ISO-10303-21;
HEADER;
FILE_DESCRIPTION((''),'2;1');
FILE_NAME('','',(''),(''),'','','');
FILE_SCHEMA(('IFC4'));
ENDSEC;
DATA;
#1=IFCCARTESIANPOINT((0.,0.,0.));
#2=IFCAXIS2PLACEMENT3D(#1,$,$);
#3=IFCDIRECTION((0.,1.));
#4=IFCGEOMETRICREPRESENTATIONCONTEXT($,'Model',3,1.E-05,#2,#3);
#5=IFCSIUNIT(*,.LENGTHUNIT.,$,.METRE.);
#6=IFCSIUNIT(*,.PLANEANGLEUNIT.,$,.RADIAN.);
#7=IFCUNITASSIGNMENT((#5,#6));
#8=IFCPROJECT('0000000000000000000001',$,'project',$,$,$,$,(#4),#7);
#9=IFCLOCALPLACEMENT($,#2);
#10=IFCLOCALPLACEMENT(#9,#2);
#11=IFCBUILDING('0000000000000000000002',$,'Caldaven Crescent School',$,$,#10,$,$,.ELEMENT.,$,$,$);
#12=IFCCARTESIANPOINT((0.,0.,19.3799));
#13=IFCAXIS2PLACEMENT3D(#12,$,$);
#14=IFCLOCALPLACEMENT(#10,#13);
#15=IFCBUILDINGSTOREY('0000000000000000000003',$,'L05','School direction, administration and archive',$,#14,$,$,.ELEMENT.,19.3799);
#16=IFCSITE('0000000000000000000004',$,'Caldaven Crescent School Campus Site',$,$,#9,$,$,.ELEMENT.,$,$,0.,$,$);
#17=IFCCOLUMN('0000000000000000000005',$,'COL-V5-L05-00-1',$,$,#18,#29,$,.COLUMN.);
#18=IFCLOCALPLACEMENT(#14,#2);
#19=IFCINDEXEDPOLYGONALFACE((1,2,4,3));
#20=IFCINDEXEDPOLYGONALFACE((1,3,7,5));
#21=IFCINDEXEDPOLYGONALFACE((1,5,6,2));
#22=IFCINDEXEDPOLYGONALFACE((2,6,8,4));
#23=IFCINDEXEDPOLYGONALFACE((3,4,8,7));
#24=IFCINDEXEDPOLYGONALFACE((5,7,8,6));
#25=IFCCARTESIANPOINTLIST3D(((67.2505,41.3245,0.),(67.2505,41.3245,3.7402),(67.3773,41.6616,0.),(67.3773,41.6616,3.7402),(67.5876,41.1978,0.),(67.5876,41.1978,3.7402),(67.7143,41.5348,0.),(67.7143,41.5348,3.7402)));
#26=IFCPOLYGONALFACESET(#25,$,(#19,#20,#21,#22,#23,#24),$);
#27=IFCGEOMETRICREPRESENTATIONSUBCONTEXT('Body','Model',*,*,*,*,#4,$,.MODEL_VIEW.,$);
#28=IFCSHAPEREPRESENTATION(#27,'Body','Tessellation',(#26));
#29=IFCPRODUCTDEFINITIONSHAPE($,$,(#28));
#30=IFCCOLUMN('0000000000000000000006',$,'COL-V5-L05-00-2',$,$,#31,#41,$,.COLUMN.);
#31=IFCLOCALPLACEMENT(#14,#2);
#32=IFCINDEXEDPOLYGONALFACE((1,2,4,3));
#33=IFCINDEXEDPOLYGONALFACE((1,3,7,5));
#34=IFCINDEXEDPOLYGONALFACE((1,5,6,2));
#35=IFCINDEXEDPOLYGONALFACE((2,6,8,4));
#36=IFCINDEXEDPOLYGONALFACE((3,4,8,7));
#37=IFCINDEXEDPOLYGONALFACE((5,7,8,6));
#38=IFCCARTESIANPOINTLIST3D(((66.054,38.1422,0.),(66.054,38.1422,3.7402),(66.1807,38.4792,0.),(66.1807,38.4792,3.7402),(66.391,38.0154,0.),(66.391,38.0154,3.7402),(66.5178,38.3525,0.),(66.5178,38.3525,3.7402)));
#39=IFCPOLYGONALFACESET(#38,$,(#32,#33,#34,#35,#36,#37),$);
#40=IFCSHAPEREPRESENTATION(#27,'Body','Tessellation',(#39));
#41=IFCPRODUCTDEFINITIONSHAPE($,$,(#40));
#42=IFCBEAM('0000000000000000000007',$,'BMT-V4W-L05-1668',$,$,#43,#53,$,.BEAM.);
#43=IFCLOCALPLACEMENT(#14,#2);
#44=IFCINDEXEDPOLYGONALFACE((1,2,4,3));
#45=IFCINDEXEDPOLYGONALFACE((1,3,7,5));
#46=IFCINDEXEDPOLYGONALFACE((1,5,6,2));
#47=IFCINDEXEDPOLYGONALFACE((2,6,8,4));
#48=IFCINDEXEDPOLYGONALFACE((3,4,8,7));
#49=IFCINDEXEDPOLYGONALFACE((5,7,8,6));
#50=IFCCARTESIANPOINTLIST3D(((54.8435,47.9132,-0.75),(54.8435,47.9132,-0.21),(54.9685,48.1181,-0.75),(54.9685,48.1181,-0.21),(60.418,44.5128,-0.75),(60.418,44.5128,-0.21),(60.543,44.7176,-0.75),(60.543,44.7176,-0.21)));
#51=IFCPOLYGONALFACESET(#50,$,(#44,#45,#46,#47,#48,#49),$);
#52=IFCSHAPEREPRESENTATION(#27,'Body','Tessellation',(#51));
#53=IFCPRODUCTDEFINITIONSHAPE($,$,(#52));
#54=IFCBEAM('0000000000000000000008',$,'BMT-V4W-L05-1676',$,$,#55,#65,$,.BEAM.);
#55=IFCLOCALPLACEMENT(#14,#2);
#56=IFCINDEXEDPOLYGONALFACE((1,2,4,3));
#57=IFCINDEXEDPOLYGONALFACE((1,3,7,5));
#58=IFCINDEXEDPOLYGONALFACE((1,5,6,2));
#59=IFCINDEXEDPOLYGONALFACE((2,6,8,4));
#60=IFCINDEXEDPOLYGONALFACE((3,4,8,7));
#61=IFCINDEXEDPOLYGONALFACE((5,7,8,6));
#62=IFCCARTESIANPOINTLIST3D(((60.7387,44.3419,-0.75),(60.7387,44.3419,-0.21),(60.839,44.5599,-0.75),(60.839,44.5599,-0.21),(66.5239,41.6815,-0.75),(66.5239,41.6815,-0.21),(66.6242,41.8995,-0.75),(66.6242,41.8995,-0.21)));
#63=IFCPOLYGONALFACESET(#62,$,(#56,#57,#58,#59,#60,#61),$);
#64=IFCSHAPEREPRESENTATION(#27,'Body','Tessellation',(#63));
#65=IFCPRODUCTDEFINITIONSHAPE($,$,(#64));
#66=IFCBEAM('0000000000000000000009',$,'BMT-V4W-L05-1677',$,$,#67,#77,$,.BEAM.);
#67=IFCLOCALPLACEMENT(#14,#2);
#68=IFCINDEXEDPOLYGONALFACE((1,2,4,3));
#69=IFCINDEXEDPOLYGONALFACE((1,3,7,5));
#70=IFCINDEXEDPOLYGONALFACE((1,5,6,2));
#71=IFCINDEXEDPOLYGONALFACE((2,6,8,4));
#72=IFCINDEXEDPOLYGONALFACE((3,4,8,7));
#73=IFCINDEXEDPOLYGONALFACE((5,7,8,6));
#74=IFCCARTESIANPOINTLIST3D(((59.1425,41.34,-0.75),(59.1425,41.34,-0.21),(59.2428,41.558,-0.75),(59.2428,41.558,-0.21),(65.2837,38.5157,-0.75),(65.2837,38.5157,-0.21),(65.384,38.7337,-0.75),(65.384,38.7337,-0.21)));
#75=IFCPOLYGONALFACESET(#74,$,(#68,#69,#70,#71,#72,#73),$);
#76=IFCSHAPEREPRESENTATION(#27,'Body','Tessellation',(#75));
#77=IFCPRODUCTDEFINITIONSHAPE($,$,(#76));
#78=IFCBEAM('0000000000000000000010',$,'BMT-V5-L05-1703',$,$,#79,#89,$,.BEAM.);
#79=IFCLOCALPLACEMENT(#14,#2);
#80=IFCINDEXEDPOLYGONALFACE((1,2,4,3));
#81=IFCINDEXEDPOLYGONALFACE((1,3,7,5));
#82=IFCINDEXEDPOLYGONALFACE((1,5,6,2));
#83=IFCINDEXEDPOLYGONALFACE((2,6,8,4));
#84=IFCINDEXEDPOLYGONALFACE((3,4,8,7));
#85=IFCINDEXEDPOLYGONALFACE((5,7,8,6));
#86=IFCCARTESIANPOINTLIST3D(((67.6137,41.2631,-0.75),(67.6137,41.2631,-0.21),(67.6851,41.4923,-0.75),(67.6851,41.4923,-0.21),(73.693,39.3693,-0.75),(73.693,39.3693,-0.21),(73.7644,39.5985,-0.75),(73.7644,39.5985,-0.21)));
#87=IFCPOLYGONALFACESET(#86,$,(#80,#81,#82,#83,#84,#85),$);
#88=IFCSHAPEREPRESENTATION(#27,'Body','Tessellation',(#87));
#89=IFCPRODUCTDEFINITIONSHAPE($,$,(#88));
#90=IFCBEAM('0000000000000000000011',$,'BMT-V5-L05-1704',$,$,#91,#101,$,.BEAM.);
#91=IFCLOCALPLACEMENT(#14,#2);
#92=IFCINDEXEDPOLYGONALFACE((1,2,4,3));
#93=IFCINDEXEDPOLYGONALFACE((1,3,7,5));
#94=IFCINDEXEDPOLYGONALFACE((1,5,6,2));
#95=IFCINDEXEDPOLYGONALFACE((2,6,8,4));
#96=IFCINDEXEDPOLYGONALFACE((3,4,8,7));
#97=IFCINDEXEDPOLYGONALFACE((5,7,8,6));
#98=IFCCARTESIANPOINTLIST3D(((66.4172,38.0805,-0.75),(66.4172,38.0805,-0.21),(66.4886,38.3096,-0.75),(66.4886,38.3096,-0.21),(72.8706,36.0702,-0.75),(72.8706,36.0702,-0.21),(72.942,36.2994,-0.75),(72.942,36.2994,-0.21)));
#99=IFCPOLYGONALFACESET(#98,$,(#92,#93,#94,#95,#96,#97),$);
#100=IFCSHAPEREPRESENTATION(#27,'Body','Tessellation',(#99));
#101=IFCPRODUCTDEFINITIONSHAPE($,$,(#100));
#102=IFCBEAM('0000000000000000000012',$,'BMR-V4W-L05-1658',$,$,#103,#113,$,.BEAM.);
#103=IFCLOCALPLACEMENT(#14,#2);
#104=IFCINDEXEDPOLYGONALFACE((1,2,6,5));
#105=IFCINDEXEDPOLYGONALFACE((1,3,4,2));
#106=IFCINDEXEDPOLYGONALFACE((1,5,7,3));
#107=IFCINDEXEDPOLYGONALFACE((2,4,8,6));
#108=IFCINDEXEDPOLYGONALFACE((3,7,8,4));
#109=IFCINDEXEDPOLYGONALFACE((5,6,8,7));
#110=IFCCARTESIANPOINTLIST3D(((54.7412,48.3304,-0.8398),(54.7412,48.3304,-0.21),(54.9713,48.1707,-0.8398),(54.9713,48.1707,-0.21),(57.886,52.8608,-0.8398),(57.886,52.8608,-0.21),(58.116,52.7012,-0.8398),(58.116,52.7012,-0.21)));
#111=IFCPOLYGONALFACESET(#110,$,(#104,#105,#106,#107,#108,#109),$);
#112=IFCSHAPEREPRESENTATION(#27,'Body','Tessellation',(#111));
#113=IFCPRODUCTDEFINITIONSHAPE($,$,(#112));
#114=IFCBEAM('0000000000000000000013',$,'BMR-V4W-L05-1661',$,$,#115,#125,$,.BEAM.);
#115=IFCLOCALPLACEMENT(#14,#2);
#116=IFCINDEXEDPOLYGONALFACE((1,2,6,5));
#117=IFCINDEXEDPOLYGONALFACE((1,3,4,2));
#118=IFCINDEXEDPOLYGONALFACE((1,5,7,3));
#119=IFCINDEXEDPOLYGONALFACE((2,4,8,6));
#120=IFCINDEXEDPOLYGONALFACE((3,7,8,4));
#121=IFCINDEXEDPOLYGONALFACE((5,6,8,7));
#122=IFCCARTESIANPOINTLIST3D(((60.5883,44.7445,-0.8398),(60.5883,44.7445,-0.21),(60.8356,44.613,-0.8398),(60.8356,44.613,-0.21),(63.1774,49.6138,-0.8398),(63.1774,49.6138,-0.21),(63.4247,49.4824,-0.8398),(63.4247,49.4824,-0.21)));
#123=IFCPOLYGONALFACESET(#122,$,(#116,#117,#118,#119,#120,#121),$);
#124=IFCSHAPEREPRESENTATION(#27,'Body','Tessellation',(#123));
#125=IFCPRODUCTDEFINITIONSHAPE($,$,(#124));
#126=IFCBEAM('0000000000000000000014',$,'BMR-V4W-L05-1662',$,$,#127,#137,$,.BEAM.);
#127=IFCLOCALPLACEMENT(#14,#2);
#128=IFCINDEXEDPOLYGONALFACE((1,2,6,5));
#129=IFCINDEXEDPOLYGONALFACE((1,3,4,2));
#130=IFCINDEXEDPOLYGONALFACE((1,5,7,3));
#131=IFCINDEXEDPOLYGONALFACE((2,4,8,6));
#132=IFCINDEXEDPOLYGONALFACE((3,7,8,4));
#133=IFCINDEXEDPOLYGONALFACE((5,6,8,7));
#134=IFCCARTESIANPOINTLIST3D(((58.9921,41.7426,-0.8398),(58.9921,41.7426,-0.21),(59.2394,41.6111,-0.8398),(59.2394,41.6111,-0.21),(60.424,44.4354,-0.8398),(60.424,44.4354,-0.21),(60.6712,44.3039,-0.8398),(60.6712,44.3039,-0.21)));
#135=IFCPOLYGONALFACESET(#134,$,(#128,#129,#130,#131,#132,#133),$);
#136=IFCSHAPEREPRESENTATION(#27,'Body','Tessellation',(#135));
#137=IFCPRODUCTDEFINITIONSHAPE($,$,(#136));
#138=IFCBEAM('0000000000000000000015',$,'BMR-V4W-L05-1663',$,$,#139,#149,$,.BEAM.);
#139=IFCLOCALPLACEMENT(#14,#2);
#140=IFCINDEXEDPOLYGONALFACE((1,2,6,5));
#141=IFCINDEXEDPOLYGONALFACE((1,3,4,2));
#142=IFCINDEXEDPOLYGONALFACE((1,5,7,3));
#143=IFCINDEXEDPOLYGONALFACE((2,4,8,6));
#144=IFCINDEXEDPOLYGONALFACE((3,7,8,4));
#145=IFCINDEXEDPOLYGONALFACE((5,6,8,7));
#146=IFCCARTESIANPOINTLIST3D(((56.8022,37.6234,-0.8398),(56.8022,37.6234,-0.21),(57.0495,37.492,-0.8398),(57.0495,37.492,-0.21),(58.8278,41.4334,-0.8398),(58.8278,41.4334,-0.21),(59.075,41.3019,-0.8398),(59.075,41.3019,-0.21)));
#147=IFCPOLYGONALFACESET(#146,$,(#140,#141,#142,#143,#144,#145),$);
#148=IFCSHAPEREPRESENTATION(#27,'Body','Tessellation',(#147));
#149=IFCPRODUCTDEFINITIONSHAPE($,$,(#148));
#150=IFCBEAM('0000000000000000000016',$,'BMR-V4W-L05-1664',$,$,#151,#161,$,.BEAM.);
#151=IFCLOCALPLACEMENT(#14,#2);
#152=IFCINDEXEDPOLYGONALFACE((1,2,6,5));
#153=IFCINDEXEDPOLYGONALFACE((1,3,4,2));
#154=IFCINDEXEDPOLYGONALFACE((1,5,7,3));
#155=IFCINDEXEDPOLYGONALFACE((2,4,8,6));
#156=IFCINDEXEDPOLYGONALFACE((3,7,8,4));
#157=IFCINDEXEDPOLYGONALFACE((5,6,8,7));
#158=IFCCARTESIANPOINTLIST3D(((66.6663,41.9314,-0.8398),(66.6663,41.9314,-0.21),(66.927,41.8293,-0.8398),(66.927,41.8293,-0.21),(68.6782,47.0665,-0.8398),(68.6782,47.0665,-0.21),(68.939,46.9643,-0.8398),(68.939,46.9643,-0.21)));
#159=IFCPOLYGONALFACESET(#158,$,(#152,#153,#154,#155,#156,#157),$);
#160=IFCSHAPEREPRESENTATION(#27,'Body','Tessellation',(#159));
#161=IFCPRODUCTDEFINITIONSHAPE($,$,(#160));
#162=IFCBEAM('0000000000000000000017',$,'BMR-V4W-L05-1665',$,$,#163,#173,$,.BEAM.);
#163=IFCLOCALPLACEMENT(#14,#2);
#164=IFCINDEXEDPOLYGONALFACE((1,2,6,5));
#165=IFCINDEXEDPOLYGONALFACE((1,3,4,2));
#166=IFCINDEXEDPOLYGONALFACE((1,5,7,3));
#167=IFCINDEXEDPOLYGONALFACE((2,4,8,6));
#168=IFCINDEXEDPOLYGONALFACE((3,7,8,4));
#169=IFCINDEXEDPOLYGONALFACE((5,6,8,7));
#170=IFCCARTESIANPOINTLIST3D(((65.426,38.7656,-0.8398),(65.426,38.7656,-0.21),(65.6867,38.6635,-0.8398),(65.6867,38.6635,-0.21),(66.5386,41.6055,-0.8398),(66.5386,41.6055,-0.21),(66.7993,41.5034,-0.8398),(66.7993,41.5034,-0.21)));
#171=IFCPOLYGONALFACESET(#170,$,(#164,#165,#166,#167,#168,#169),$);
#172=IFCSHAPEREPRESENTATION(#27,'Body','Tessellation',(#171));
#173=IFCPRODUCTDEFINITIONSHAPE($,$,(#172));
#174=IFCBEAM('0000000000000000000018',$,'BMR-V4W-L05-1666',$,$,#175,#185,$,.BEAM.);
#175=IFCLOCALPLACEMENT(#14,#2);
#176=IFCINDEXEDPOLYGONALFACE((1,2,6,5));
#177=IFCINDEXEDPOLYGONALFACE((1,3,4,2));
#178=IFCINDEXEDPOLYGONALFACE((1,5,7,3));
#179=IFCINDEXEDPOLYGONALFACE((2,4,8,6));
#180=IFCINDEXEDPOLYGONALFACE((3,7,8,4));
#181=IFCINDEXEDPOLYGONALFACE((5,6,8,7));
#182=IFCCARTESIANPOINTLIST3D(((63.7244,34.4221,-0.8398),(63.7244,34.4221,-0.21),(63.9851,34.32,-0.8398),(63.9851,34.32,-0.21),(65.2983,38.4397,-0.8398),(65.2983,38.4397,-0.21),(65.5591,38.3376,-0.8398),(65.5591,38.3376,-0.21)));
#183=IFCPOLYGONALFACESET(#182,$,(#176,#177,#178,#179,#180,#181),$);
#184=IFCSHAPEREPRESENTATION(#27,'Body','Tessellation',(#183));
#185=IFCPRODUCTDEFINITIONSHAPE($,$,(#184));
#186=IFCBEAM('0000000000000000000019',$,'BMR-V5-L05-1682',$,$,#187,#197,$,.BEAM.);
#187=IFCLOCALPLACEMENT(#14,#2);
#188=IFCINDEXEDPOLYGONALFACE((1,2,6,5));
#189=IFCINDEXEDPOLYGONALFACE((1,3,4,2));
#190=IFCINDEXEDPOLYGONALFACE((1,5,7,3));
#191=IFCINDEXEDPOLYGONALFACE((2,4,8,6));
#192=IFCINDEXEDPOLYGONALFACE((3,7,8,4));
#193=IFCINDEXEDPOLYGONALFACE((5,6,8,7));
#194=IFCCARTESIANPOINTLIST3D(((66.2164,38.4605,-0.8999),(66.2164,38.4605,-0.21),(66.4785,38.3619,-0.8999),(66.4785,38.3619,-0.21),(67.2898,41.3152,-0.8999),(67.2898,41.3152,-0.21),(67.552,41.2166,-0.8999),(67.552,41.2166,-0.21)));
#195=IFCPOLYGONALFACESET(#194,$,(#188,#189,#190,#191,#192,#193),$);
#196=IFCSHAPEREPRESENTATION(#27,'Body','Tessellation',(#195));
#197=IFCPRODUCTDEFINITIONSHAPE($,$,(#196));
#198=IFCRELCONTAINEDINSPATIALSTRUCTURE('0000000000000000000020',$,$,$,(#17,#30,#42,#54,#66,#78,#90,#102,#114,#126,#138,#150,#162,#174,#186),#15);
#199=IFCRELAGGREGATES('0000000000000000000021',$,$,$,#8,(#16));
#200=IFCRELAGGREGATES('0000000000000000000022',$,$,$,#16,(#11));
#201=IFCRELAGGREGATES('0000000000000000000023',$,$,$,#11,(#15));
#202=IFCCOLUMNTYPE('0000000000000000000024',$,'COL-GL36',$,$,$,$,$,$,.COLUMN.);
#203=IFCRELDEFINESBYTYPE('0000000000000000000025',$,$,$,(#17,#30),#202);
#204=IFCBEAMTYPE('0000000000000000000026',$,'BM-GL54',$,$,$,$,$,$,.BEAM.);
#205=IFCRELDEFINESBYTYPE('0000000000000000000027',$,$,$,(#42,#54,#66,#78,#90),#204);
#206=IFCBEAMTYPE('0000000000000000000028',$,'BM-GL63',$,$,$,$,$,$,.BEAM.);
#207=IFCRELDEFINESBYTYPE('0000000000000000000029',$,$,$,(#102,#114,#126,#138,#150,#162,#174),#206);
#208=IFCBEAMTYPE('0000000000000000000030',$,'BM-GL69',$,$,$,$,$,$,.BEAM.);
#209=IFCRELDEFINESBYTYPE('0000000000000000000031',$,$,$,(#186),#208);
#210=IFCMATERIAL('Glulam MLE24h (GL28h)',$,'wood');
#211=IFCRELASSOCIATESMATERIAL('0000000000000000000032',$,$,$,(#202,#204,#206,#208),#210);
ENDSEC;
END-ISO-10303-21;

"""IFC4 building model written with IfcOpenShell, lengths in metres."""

from ifc_helpers import new_model, si_unit, direction, frame, origin, origin_2d, place, context, subcontext, project, spatial, rectangle, extrude, material, material_profile, profile_set, type_object, element, save


model = new_model("IFC4")

# Units and contexts
model_context = context("Model", 3, precision=1e-05, world=origin(), true_north=direction((0.0, 1.0)))
body_context = subcontext(model_context, "Body", "Model", "MODEL_VIEW")
ifc_project = project(units=[si_unit("LENGTHUNIT", "METRE"), si_unit("PLANEANGLEUNIT", "RADIAN")], contexts=[model_context])

# Site, building, storey
site_placement = place(None, origin())
site = spatial("IfcSite", under=ifc_project, at=site_placement, Name="Caldaven Crescent School Campus Site", CompositionType="ELEMENT", RefElevation=0.0)
building_placement = place(site_placement, origin())
building = spatial("IfcBuilding", under=site, at=building_placement, Name="Caldaven Crescent School", CompositionType="ELEMENT")
storey_placement = place(building_placement, frame((0.0, 0.0, 19.3799)))
storey = spatial("IfcBuildingStorey", under=building, at=storey_placement, Name="L05", Description="School direction, administration and archive", CompositionType="ELEMENT", Elevation=19.3799)

# Columns
ifc_material_1 = material(Name="Glulam MLE24h (GL28h)", Category="wood")
ifc_material_profile_1 = material_profile(ifc_material_1, rectangle(XDim=0.3601, YDim=0.3601, at=origin_2d()), Name="MLE 360x360")
ifc_profile_set_1 = profile_set([ifc_material_profile_1], Name="Glulam MLE24h (GL28h)")
column_type = type_object("IfcColumnType", Name="COL-GL36", PredefinedType="COLUMN", material=ifc_profile_set_1)
for number, where, z_axis, x_axis, name in (
    (1, (67.4824, 41.4297, 0.0), (0.0, 0.0, 1.0), (-0.352005, -0.935998, 0.0), "COL-V5-L05-00-1"),
    (2, (66.2859, 38.2473, 0.0), (0.0, 0.0, 1.0), (-0.352005, -0.935998, 0.0), "COL-V5-L05-00-2"),
):
    element("IfcColumn", number, at=place(storey_placement, frame(where, z_axis=z_axis, x_axis=x_axis)), inside=storey, type_object=column_type, Name=name, PredefinedType="COLUMN", context=body_context, shape_type="SweptSolid", body=[
        extrude(rectangle(XDim=0.3601, YDim=0.3601, at=origin_2d()), origin(), (0.0, 0.0, 1.0), 3.7402),
    ])

# Beams
ifc_material_profile_2 = material_profile(ifc_material_1, rectangle(XDim=0.24, YDim=0.54, at=origin_2d()), Name="MLE 240x540")
ifc_profile_set_2 = profile_set([ifc_material_profile_2], Name="Glulam MLE24h (GL28h)")
beam_type_1 = type_object("IfcBeamType", Name="BM-GL54", PredefinedType="BEAM", material=ifc_profile_set_2)
beam_1_placement = place(storey_placement, frame((54.906, 48.0156, -0.48), z_axis=(0.853706, -0.520756, 0.0), x_axis=(0.520756, 0.853706, 0.0)))
element("IfcBeam", 3, at=beam_1_placement, inside=storey, type_object=beam_type_1, Name="BMT-V4W-L05-1668", PredefinedType="BEAM", context=body_context, shape_type="SweptSolid", body=[
    extrude(rectangle(XDim=0.24, YDim=0.54, at=origin_2d()), origin(), (0.0, 0.0, 1.0), 6.5298),
])
beam_2_placement = place(storey_placement, frame((60.7888, 44.4509, -0.48), z_axis=(0.908536, -0.417806, 0.0), x_axis=(0.417806, 0.908536, 0.0)))
element("IfcBeam", 4, at=beam_2_placement, inside=storey, type_object=beam_type_1, Name="BMT-V4W-L05-1676", PredefinedType="BEAM", context=body_context, shape_type="SweptSolid", body=[
    extrude(rectangle(XDim=0.24, YDim=0.54, at=origin_2d()), origin(), (0.0, 0.0, 1.0), 6.3677),
])
beam_3_placement = place(storey_placement, frame((59.1926, 41.449, -0.48), z_axis=(0.908529, -0.417821, 0.0), x_axis=(0.417821, 0.908529, 0.0)))
element("IfcBeam", 5, at=beam_3_placement, inside=storey, type_object=beam_type_1, Name="BMT-V4W-L05-1677", PredefinedType="BEAM", context=body_context, shape_type="SweptSolid", body=[
    extrude(rectangle(XDim=0.24, YDim=0.54, at=origin_2d()), origin(), (0.0, 0.0, 1.0), 6.7595),
])
beam_4_placement = place(storey_placement, frame((67.6494, 41.3777, -0.48), z_axis=(0.954748, -0.297417, 0.0), x_axis=(0.297417, 0.954748, 0.0)))
element("IfcBeam", 6, at=beam_4_placement, inside=storey, type_object=beam_type_1, Name="BMT-V5-L05-1703", PredefinedType="BEAM", context=body_context, shape_type="SweptSolid", body=[
    extrude(rectangle(XDim=0.24, YDim=0.54, at=origin_2d()), origin(), (0.0, 0.0, 1.0), 6.3674),
])
beam_5_placement = place(storey_placement, frame((66.4529, 38.1951, -0.48), z_axis=(0.95475, -0.297409, 0.0), x_axis=(0.297409, 0.95475, 0.0)))
element("IfcBeam", 7, at=beam_5_placement, inside=storey, type_object=beam_type_1, Name="BMT-V5-L05-1704", PredefinedType="BEAM", context=body_context, shape_type="SweptSolid", body=[
    extrude(rectangle(XDim=0.24, YDim=0.54, at=origin_2d()), origin(), (0.0, 0.0, 1.0), 6.7593),
])
ifc_material_profile_3 = material_profile(ifc_material_1, rectangle(XDim=0.28, YDim=0.6299, at=origin_2d()), Name="MLE 280x630")
ifc_profile_set_3 = profile_set([ifc_material_profile_3], Name="Glulam MLE24h (GL28h)")
beam_type_2 = type_object("IfcBeamType", Name="BM-GL63", PredefinedType="BEAM", material=ifc_profile_set_3)
for number, where, z_axis, x_axis, name in (
    (8, (58.001, 52.781, -0.5249), (-0.570222, -0.82149, 0.0), (0.82149, -0.570222, 0.0), "BMR-V4W-L05-1658"),
    (9, (63.301, 49.5481, -0.5249), (-0.469473, -0.882947, 0.0), (0.882947, -0.469473, 0.0), "BMR-V4W-L05-1661"),
):
    element("IfcBeam", number, at=place(storey_placement, frame(where, z_axis=z_axis, x_axis=x_axis)), inside=storey, type_object=beam_type_2, Name=name, PredefinedType="BEAM", context=body_context, shape_type="SweptSolid", body=[
        extrude(rectangle(XDim=0.28, YDim=0.6299, at=origin_2d()), origin(), (0.0, 0.0, 1.0), 5.5149),
    ])
beam_6_placement = place(storey_placement, frame((60.5476, 44.3696, -0.5249), z_axis=(-0.469487, -0.882939, 0.0), x_axis=(0.882939, -0.469487, 0.0)))
element("IfcBeam", 10, at=beam_6_placement, inside=storey, type_object=beam_type_2, Name="BMR-V4W-L05-1662", PredefinedType="BEAM", context=body_context, shape_type="SweptSolid", body=[
    extrude(rectangle(XDim=0.28, YDim=0.6299, at=origin_2d()), origin(), (0.0, 0.0, 1.0), 3.0498),
])
beam_7_placement = place(storey_placement, frame((58.9514, 41.3677, -0.5249), z_axis=(-0.469434, -0.882968, 0.0), x_axis=(0.882968, -0.469434, 0.0)))
element("IfcBeam", 11, at=beam_7_placement, inside=storey, type_object=beam_type_2, Name="BMR-V4W-L05-1663", PredefinedType="BEAM", context=body_context, shape_type="SweptSolid", body=[
    extrude(rectangle(XDim=0.28, YDim=0.6299, at=origin_2d()), origin(), (0.0, 0.0, 1.0), 4.3149),
])
beam_8_placement = place(storey_placement, frame((68.8086, 47.0154, -0.5249), z_axis=(-0.36481, -0.931082, 0.0), x_axis=(0.931082, -0.36481, 0.0)))
element("IfcBeam", 12, at=beam_8_placement, inside=storey, type_object=beam_type_2, Name="BMR-V4W-L05-1664", PredefinedType="BEAM", context=body_context, shape_type="SweptSolid", body=[
    extrude(rectangle(XDim=0.28, YDim=0.6299, at=origin_2d()), origin(), (0.0, 0.0, 1.0), 5.5151),
])
beam_9_placement = place(storey_placement, frame((66.6689, 41.5544, -0.5249), z_axis=(-0.364771, -0.931097, 0.0), x_axis=(0.931097, -0.364771, 0.0)))
element("IfcBeam", 13, at=beam_9_placement, inside=storey, type_object=beam_type_2, Name="BMR-V4W-L05-1665", PredefinedType="BEAM", context=body_context, shape_type="SweptSolid", body=[
    extrude(rectangle(XDim=0.28, YDim=0.6299, at=origin_2d()), origin(), (0.0, 0.0, 1.0), 3.05),
])
beam_10_placement = place(storey_placement, frame((65.4287, 38.3887, -0.5249), z_axis=(-0.364777, -0.931095, 0.0), x_axis=(0.931095, -0.364777, 0.0)))
element("IfcBeam", 14, at=beam_10_placement, inside=storey, type_object=beam_type_2, Name="BMR-V4W-L05-1666", PredefinedType="BEAM", context=body_context, shape_type="SweptSolid", body=[
    extrude(rectangle(XDim=0.28, YDim=0.6299, at=origin_2d()), origin(), (0.0, 0.0, 1.0), 4.3149),
])
ifc_material_profile_4 = material_profile(ifc_material_1, rectangle(XDim=0.28, YDim=0.6899, at=origin_2d()), Name="MLE 280x690")
ifc_profile_set_4 = profile_set([ifc_material_profile_4], Name="Glulam MLE24h (GL28h)")
beam_type_3 = type_object("IfcBeamType", Name="BM-GL69", PredefinedType="BEAM", material=ifc_profile_set_4)
beam_11_placement = place(storey_placement, frame((67.4209, 41.2659, -0.5549), z_axis=(-0.351974, -0.93601, 0.0), x_axis=(0.93601, -0.351974, 0.0)))
element("IfcBeam", 15, at=beam_11_placement, inside=storey, type_object=beam_type_3, Name="BMR-V5-L05-1682", PredefinedType="BEAM", context=body_context, shape_type="SweptSolid", body=[
    extrude(rectangle(XDim=0.28, YDim=0.6899, at=origin_2d()), origin(), (0.0, 0.0, 1.0), 3.0498),
])

save(model, "model.ifc")
